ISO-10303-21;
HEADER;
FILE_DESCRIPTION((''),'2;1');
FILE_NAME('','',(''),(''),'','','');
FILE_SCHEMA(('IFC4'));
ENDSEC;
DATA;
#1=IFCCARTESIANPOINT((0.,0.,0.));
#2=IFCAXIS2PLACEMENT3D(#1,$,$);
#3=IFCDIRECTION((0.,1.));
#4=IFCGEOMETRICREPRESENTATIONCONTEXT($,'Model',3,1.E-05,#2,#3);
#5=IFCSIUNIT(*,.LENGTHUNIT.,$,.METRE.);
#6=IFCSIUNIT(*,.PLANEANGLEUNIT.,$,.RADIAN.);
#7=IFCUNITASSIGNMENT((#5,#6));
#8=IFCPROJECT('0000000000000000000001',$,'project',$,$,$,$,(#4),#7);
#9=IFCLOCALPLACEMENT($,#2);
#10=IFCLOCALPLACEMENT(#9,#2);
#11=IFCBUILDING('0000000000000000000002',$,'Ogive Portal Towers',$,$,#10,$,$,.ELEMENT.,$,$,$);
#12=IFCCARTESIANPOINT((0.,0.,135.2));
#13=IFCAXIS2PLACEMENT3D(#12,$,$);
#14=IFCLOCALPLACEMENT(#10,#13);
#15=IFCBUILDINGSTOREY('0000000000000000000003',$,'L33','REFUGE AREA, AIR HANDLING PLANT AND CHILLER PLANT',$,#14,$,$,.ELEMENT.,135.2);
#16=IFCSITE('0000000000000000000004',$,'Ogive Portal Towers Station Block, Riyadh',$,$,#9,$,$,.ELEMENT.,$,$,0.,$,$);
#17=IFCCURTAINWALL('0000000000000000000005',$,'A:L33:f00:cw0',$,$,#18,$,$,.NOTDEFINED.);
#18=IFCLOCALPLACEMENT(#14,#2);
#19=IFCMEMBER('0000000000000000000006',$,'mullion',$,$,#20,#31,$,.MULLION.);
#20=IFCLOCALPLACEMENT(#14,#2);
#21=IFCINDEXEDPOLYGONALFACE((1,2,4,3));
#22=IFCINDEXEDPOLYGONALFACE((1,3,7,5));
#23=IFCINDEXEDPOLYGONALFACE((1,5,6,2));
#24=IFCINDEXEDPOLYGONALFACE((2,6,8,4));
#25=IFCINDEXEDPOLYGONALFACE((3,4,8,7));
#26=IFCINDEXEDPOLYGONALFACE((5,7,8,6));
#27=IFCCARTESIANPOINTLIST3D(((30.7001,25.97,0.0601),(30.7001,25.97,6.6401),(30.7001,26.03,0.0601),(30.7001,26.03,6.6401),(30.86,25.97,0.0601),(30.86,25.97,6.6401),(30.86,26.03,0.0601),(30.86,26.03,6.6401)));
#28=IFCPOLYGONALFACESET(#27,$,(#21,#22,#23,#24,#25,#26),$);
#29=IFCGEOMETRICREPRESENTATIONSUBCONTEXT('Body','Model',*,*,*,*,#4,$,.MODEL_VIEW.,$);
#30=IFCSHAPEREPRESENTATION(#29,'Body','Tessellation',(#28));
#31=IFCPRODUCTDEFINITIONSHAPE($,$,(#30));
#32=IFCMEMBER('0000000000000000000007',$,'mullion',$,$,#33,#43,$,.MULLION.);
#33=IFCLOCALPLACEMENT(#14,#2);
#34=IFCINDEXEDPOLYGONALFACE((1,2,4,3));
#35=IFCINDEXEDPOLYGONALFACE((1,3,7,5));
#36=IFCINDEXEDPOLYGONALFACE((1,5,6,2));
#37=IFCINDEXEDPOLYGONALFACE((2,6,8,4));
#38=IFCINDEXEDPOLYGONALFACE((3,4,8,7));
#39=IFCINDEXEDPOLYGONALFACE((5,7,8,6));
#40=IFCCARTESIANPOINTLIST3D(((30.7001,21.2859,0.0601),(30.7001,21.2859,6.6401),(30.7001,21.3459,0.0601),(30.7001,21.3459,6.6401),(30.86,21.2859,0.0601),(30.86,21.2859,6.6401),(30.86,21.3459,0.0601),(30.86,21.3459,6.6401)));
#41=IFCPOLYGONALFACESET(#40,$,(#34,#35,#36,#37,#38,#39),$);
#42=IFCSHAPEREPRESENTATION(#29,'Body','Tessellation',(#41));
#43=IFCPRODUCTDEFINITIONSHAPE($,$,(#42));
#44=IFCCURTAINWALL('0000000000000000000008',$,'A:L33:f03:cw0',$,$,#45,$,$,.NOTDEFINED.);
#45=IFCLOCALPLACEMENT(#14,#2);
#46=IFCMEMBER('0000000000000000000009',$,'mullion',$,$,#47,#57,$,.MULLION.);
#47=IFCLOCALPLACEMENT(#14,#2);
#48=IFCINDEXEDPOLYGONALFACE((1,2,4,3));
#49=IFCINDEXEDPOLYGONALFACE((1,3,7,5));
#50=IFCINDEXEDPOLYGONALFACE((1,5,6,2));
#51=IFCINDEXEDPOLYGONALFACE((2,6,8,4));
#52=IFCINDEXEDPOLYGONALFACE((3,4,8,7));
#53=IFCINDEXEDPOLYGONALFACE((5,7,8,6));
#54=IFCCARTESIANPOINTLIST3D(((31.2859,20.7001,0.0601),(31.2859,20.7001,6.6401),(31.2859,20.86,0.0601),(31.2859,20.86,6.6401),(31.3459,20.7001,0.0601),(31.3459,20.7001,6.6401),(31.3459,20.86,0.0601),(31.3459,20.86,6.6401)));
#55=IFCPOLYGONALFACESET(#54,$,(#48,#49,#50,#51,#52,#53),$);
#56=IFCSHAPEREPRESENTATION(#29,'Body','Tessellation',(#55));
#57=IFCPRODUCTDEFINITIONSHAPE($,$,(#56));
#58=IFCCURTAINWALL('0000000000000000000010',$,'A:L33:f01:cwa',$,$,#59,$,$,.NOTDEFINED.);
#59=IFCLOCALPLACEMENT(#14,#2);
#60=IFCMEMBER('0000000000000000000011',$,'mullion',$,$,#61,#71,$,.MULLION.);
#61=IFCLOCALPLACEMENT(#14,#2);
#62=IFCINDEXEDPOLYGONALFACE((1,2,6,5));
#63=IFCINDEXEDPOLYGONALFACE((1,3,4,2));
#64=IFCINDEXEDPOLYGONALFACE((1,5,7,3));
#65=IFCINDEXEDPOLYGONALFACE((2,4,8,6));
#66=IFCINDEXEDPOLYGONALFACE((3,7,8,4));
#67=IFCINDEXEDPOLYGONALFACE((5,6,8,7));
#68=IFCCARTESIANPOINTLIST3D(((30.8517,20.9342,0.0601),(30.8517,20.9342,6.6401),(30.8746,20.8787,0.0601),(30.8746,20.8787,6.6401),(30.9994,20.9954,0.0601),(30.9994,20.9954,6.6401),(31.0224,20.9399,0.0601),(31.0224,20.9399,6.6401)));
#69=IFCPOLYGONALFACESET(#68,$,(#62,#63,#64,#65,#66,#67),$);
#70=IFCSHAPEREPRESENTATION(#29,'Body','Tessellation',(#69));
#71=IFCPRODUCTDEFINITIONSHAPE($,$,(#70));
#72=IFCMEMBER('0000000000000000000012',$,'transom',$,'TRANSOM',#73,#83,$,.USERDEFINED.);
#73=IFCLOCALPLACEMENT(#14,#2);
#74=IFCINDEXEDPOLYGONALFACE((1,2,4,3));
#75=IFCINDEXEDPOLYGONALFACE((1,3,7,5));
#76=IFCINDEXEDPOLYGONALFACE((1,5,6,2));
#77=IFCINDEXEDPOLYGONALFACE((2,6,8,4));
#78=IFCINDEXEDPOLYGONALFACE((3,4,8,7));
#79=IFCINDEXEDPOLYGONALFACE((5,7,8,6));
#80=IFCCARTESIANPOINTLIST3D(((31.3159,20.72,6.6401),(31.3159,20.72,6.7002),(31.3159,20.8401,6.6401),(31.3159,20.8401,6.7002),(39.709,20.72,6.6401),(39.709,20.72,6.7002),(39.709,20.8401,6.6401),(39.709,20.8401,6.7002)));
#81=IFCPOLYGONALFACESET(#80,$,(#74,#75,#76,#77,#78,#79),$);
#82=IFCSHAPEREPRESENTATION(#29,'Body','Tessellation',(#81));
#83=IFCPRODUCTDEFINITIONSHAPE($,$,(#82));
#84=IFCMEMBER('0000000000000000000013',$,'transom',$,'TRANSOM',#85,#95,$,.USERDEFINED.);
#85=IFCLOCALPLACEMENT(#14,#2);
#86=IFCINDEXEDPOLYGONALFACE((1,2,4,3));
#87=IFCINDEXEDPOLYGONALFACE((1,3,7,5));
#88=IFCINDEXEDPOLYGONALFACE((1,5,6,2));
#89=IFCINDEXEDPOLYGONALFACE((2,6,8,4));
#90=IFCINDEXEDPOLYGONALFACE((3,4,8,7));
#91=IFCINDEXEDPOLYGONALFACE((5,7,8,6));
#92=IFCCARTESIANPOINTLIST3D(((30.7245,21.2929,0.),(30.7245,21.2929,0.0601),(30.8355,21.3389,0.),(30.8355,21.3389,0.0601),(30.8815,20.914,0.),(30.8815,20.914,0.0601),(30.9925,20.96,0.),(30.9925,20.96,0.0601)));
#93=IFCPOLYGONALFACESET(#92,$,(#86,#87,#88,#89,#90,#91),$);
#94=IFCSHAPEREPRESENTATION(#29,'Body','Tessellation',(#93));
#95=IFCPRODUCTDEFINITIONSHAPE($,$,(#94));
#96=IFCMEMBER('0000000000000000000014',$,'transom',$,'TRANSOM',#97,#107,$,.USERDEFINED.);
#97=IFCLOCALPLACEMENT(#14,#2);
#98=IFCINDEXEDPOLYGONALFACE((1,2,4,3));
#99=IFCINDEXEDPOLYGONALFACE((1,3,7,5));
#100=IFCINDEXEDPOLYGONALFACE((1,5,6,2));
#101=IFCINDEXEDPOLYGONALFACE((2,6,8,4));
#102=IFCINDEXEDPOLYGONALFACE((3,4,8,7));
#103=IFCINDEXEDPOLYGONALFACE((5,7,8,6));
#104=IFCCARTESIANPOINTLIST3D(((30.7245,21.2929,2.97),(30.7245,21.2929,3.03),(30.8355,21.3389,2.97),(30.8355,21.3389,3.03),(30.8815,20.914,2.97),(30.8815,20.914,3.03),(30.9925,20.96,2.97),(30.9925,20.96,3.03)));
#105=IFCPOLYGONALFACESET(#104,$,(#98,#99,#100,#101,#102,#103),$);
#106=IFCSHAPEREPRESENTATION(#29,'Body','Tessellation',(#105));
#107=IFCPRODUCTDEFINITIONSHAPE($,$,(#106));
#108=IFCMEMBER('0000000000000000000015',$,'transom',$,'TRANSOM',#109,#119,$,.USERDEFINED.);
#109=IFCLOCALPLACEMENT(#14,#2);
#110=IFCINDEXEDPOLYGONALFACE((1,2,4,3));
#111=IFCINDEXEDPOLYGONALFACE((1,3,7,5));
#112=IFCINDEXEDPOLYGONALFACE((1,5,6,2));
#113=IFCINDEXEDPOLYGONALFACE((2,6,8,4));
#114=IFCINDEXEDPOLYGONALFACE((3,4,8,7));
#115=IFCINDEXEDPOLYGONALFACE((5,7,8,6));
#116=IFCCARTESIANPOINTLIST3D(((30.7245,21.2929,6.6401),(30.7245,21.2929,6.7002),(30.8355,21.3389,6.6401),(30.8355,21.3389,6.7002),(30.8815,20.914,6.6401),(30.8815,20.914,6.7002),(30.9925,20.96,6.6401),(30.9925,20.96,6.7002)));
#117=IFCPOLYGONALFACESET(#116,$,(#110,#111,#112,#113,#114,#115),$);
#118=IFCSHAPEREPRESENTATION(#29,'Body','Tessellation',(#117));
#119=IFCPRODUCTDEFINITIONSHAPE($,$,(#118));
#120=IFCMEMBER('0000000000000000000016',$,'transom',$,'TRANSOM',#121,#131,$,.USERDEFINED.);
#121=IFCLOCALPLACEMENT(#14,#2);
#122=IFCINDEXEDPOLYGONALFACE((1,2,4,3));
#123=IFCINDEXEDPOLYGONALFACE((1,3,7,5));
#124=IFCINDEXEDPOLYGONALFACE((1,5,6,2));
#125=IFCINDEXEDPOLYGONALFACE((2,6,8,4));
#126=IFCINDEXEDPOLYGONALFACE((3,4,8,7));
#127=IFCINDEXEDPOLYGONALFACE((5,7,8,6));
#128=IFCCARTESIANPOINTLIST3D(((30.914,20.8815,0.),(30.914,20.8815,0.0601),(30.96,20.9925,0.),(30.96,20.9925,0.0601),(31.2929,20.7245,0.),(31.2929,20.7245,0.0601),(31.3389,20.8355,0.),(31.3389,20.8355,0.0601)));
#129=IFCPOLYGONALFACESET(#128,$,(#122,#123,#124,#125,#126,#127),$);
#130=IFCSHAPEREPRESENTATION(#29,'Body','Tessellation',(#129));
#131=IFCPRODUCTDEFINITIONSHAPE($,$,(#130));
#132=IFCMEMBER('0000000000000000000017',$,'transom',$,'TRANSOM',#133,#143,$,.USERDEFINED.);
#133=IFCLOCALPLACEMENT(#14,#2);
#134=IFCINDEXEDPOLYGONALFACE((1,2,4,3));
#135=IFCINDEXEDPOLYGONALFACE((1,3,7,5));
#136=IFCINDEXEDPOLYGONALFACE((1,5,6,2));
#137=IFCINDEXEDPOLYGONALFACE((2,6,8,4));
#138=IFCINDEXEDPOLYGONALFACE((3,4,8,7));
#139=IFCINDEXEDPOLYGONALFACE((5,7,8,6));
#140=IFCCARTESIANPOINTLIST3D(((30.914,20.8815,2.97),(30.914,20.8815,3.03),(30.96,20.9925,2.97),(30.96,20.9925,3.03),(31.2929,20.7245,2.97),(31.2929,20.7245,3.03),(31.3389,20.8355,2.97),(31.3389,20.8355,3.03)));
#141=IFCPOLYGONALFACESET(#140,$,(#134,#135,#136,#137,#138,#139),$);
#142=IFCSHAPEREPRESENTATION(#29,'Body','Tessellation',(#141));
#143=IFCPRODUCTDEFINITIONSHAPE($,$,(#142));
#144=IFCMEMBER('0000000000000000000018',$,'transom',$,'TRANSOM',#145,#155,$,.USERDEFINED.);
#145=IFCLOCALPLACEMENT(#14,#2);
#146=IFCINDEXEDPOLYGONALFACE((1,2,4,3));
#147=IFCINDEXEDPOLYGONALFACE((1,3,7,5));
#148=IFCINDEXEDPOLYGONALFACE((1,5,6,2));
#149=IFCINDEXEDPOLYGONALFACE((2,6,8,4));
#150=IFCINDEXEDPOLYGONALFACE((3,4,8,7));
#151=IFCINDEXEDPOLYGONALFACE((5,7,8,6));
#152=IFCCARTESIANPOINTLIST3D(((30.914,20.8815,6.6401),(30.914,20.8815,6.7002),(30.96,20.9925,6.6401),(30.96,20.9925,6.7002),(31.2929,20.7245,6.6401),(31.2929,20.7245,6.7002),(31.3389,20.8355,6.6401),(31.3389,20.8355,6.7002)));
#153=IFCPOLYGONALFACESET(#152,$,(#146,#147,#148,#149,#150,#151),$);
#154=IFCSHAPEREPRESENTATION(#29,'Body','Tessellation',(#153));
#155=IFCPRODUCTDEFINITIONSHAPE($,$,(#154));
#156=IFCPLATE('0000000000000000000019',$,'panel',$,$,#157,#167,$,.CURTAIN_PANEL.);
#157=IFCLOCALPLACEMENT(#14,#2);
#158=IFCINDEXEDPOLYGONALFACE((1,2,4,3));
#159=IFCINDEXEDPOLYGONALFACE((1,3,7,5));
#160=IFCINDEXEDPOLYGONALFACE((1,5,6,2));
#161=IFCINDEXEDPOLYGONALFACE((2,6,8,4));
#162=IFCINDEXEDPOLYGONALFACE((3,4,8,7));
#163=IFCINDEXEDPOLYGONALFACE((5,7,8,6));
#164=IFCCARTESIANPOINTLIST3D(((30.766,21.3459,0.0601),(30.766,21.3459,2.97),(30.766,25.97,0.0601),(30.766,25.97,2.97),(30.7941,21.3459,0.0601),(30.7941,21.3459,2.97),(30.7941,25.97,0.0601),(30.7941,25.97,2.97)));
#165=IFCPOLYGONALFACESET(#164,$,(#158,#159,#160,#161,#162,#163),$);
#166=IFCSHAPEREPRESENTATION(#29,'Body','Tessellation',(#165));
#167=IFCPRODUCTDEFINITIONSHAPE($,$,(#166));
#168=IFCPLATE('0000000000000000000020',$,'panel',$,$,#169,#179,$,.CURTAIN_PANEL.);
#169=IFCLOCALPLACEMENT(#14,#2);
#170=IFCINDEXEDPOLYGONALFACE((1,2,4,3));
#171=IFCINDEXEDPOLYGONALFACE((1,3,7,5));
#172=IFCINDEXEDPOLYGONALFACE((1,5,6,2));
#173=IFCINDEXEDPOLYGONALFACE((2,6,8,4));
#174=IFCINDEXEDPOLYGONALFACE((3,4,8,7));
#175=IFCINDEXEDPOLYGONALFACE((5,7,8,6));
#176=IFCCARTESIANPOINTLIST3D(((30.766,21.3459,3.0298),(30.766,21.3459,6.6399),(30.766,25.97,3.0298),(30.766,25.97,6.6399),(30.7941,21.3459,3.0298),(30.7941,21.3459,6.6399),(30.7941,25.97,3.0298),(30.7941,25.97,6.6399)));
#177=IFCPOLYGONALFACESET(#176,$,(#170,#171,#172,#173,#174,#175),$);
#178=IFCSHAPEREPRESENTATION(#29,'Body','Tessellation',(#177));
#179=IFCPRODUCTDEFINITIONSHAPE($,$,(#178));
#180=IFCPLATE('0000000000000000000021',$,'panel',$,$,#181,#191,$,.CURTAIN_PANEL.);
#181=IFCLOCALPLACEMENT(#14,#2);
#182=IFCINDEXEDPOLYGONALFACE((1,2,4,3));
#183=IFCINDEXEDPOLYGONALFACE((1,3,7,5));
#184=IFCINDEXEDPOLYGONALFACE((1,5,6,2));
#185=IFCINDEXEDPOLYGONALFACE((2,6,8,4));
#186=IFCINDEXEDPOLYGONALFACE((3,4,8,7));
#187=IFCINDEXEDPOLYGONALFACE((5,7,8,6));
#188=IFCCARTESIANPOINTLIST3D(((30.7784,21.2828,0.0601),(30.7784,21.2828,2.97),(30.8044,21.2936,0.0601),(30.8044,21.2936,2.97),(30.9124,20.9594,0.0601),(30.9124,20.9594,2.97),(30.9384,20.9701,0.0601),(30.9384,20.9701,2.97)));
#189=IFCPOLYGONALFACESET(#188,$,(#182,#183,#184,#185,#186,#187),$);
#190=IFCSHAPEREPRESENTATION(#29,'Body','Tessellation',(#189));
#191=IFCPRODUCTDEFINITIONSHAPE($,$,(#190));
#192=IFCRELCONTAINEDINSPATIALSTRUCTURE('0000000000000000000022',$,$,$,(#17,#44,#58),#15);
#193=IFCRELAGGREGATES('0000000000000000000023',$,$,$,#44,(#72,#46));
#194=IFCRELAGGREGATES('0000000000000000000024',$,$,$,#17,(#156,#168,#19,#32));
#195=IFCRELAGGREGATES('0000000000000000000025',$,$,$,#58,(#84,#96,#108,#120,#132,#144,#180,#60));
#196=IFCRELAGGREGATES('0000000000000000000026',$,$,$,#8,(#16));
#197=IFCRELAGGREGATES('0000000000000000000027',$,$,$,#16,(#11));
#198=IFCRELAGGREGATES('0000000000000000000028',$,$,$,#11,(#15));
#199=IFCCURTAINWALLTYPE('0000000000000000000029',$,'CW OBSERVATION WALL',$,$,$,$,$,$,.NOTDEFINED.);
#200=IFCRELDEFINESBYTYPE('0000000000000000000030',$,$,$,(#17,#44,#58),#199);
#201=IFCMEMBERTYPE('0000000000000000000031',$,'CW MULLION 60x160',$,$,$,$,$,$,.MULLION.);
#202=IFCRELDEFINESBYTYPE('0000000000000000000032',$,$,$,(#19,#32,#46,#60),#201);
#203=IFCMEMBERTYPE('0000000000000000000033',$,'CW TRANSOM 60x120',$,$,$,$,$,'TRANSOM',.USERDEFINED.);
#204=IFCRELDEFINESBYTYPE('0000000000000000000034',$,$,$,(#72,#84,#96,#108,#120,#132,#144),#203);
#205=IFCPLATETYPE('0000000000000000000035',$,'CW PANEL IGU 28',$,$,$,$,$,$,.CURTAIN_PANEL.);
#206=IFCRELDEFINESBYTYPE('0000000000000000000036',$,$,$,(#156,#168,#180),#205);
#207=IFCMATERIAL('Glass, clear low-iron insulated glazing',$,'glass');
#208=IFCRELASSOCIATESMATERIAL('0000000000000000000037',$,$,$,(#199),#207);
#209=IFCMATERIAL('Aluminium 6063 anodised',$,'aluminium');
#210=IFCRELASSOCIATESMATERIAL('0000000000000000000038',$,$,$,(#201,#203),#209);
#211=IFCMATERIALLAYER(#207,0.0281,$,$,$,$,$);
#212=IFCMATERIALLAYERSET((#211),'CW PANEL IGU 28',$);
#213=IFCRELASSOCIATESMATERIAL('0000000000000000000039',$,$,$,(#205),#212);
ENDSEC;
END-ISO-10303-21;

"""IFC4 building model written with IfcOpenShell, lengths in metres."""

from ifc_helpers import new_model, si_unit, direction, frame, origin, origin_2d, place, context, subcontext, project, spatial, rectangle, extrude, material, layer, layer_set, material_profile, profile_set, type_object, element, aggregate, save


model = new_model("IFC4")

# Units and contexts
model_context = context("Model", 3, precision=1e-05, world=origin(), true_north=direction((0.0, 1.0)))
body_context = subcontext(model_context, "Body", "Model", "MODEL_VIEW")
ifc_project = project(units=[si_unit("LENGTHUNIT", "METRE"), si_unit("PLANEANGLEUNIT", "RADIAN")], contexts=[model_context])

# Site, building, storey
site_placement = place(None, origin())
site = spatial("IfcSite", under=ifc_project, at=site_placement, Name="Ogive Portal Towers Station Block, Riyadh", CompositionType="ELEMENT", RefElevation=0.0)
building_placement = place(site_placement, origin())
building = spatial("IfcBuilding", under=site, at=building_placement, Name="Ogive Portal Towers", CompositionType="ELEMENT")
storey_placement = place(building_placement, frame((0.0, 0.0, 135.2)))
storey = spatial("IfcBuildingStorey", under=building, at=storey_placement, Name="L33", Description="REFUGE AREA, AIR HANDLING PLANT AND CHILLER PLANT", CompositionType="ELEMENT", Elevation=135.2)

# Curtain wall, members
ifc_material_1 = material(Name="Glass, clear low-iron insulated glazing", Category="glass")
curtain_wall_type = type_object("IfcCurtainWallType", Name="CW OBSERVATION WALL", PredefinedType="NOTDEFINED", material=ifc_material_1)
curtain_wall_1_placement = place(storey_placement, origin())
curtain_wall_1 = element("IfcCurtainWall", 1, at=curtain_wall_1_placement, inside=storey, type_object=curtain_wall_type, Name="A:L33:f00:cw0", PredefinedType="NOTDEFINED")
ifc_material_2 = material(Name="Aluminium 6063 anodised", Category="aluminium")
ifc_material_profile_1 = material_profile(ifc_material_2, rectangle(XDim=0.1599, YDim=0.0601, at=origin_2d()), Name="AL 60x160")
ifc_profile_set_1 = profile_set([ifc_material_profile_1], Name="Aluminium 6063 anodised")
member_type_1 = type_object("IfcMemberType", Name="CW MULLION 60x160", PredefinedType="MULLION", material=ifc_profile_set_1)
member_1_placement = place(storey_placement, frame((30.78, 26.0, 0.0601), z_axis=(0.0, 0.0, 1.0), x_axis=(1.0, 0.0, 0.0)))
member_1 = element("IfcMember", 2, at=member_1_placement, type_object=member_type_1, Name="mullion", PredefinedType="MULLION", context=body_context, shape_type="SweptSolid", body=[
    extrude(rectangle(XDim=0.1599, YDim=0.0601, at=origin_2d()), origin(), (0.0, 0.0, 1.0), 6.5801),
])
member_2_placement = place(storey_placement, frame((30.78, 21.3159, 0.0601), z_axis=(0.0, 0.0, 1.0), x_axis=(1.0, 0.0, 0.0)))
member_2 = element("IfcMember", 3, at=member_2_placement, type_object=member_type_1, Name="mullion", PredefinedType="MULLION", context=body_context, shape_type="SweptSolid", body=[
    extrude(rectangle(XDim=0.1599, YDim=0.0601, at=origin_2d()), origin(), (0.0, 0.0, 1.0), 6.5801),
])

# Curtain walls, members
curtain_wall_2_placement = place(storey_placement, origin())
curtain_wall_2 = element("IfcCurtainWall", 4, at=curtain_wall_2_placement, inside=storey, type_object=curtain_wall_type, Name="A:L33:f03:cw0", PredefinedType="NOTDEFINED")
member_3_placement = place(storey_placement, frame((31.3159, 20.78, 0.0601), z_axis=(0.0, 0.0, 1.0), x_axis=(0.0, 1.0, 0.0)))
member_3 = element("IfcMember", 5, at=member_3_placement, type_object=member_type_1, Name="mullion", PredefinedType="MULLION", context=body_context, shape_type="SweptSolid", body=[
    extrude(rectangle(XDim=0.1599, YDim=0.0601, at=origin_2d()), origin(), (0.0, 0.0, 1.0), 6.5801),
])
curtain_wall_3_placement = place(storey_placement, origin())
curtain_wall_3 = element("IfcCurtainWall", 6, at=curtain_wall_3_placement, inside=storey, type_object=curtain_wall_type, Name="A:L33:f01:cwa", PredefinedType="NOTDEFINED")
member_4_placement = place(storey_placement, frame((30.937, 20.937, 0.0601), z_axis=(0.0, 0.0, 1.0), x_axis=(0.92388, 0.382683, 0.0)))
member_4 = element("IfcMember", 7, at=member_4_placement, type_object=member_type_1, Name="mullion", PredefinedType="MULLION", context=body_context, shape_type="SweptSolid", body=[
    extrude(rectangle(XDim=0.1599, YDim=0.0601, at=origin_2d()), origin(), (0.0, 0.0, 1.0), 6.5801),
])

# Members
ifc_material_profile_2 = material_profile(ifc_material_2, rectangle(XDim=0.1201, YDim=0.0601, at=origin_2d()), Name="AL 120x60")
ifc_profile_set_2 = profile_set([ifc_material_profile_2], Name="Aluminium 6063 anodised")
member_type_2 = type_object("IfcMemberType", Name="CW TRANSOM 60x120", ElementType="TRANSOM", PredefinedType="USERDEFINED", material=ifc_profile_set_2)
member_5_placement = place(storey_placement, frame((31.3159, 20.78, 6.6702), z_axis=(1.0, 0.0, 0.0), x_axis=(0.0, 1.0, 0.0)))
member_5 = element("IfcMember", 8, at=member_5_placement, type_object=member_type_2, Name="transom", ObjectType="TRANSOM", PredefinedType="USERDEFINED", context=body_context, shape_type="SweptSolid", body=[
    extrude(rectangle(XDim=0.1201, YDim=0.0601, at=origin_2d()), origin(), (0.0, 0.0, 1.0), 8.3931),
])
aggregate(curtain_wall_2, [member_5, member_3])
member_6_placement = place(storey_placement, frame((30.78, 21.3159, 0.03), z_axis=(0.382755, -0.92385, 0.0), x_axis=(0.92385, 0.382755, 0.0)))
member_6 = element("IfcMember", 9, at=member_6_placement, type_object=member_type_2, Name="transom", ObjectType="TRANSOM", PredefinedType="USERDEFINED", context=body_context, shape_type="SweptSolid", body=[
    extrude(rectangle(XDim=0.1201, YDim=0.0601, at=origin_2d()), origin(), (0.0, 0.0, 1.0), 0.4102),
])
member_7_placement = place(storey_placement, frame((30.78, 21.3159, 3.0), z_axis=(0.382755, -0.92385, 0.0), x_axis=(0.92385, 0.382755, 0.0)))
member_7 = element("IfcMember", 10, at=member_7_placement, type_object=member_type_2, Name="transom", ObjectType="TRANSOM", PredefinedType="USERDEFINED", context=body_context, shape_type="SweptSolid", body=[
    extrude(rectangle(XDim=0.1201, YDim=0.0601, at=origin_2d()), origin(), (0.0, 0.0, 1.0), 0.4102),
])
member_8_placement = place(storey_placement, frame((30.78, 21.3159, 6.6702), z_axis=(0.382755, -0.92385, 0.0), x_axis=(0.92385, 0.382755, 0.0)))
member_8 = element("IfcMember", 11, at=member_8_placement, type_object=member_type_2, Name="transom", ObjectType="TRANSOM", PredefinedType="USERDEFINED", context=body_context, shape_type="SweptSolid", body=[
    extrude(rectangle(XDim=0.1201, YDim=0.0601, at=origin_2d()), origin(), (0.0, 0.0, 1.0), 0.4102),
])
member_9_placement = place(storey_placement, frame((30.937, 20.937, 0.03), z_axis=(0.92385, -0.382755, 0.0), x_axis=(0.382755, 0.92385, 0.0)))
member_9 = element("IfcMember", 12, at=member_9_placement, type_object=member_type_2, Name="transom", ObjectType="TRANSOM", PredefinedType="USERDEFINED", context=body_context, shape_type="SweptSolid", body=[
    extrude(rectangle(XDim=0.1201, YDim=0.0601, at=origin_2d()), origin(), (0.0, 0.0, 1.0), 0.4102),
])
member_10_placement = place(storey_placement, frame((30.937, 20.937, 3.0), z_axis=(0.92385, -0.382755, 0.0), x_axis=(0.382755, 0.92385, 0.0)))
member_10 = element("IfcMember", 13, at=member_10_placement, type_object=member_type_2, Name="transom", ObjectType="TRANSOM", PredefinedType="USERDEFINED", context=body_context, shape_type="SweptSolid", body=[
    extrude(rectangle(XDim=0.1201, YDim=0.0601, at=origin_2d()), origin(), (0.0, 0.0, 1.0), 0.4102),
])
member_11_placement = place(storey_placement, frame((30.937, 20.937, 6.6702), z_axis=(0.92385, -0.382755, 0.0), x_axis=(0.382755, 0.92385, 0.0)))
member_11 = element("IfcMember", 14, at=member_11_placement, type_object=member_type_2, Name="transom", ObjectType="TRANSOM", PredefinedType="USERDEFINED", context=body_context, shape_type="SweptSolid", body=[
    extrude(rectangle(XDim=0.1201, YDim=0.0601, at=origin_2d()), origin(), (0.0, 0.0, 1.0), 0.4102),
])

# Plates
ifc_layer_1 = layer(ifc_material_1, 0.0281)
ifc_layer_set_1 = layer_set([ifc_layer_1], Name="CW PANEL IGU 28")
plate_type = type_object("IfcPlateType", Name="CW PANEL IGU 28", PredefinedType="CURTAIN_PANEL", material=ifc_layer_set_1)
plate_1_placement = place(storey_placement, frame((30.78, 23.658, 0.0601), z_axis=(0.0, 0.0, 1.0), x_axis=(0.0, -1.0, 0.0)))
plate_1 = element("IfcPlate", 15, at=plate_1_placement, type_object=plate_type, Name="panel", PredefinedType="CURTAIN_PANEL", context=body_context, shape_type="SweptSolid", body=[
    extrude(rectangle(XDim=4.624, YDim=0.0281, at=origin_2d()), origin(), (0.0, 0.0, 1.0), 2.9099),
])
plate_2_placement = place(storey_placement, frame((30.78, 23.658, 3.0298), z_axis=(0.0, 0.0, 1.0), x_axis=(0.0, -1.0, 0.0)))
plate_2 = element("IfcPlate", 16, at=plate_2_placement, type_object=plate_type, Name="panel", PredefinedType="CURTAIN_PANEL", context=body_context, shape_type="SweptSolid", body=[
    extrude(rectangle(XDim=4.624, YDim=0.0281, at=origin_2d()), origin(), (0.0, 0.0, 1.0), 3.6101),
])
aggregate(curtain_wall_1, [plate_1, plate_2, member_1, member_2])
plate_3_placement = place(storey_placement, frame((30.8584, 21.1265, 0.0601), z_axis=(0.0, 0.0, 1.0), x_axis=(0.382683, -0.92388, 0.0)))
plate_3 = element("IfcPlate", 17, at=plate_3_placement, type_object=plate_type, Name="panel", PredefinedType="CURTAIN_PANEL", context=body_context, shape_type="SweptSolid", body=[
    extrude(rectangle(XDim=0.3501, YDim=0.0281, at=origin_2d()), origin(), (0.0, 0.0, 1.0), 2.9099),
])
aggregate(curtain_wall_3, [member_6, member_7, member_8, member_9, member_10, member_11, plate_3, member_4])

save(model, "model.ifc")
